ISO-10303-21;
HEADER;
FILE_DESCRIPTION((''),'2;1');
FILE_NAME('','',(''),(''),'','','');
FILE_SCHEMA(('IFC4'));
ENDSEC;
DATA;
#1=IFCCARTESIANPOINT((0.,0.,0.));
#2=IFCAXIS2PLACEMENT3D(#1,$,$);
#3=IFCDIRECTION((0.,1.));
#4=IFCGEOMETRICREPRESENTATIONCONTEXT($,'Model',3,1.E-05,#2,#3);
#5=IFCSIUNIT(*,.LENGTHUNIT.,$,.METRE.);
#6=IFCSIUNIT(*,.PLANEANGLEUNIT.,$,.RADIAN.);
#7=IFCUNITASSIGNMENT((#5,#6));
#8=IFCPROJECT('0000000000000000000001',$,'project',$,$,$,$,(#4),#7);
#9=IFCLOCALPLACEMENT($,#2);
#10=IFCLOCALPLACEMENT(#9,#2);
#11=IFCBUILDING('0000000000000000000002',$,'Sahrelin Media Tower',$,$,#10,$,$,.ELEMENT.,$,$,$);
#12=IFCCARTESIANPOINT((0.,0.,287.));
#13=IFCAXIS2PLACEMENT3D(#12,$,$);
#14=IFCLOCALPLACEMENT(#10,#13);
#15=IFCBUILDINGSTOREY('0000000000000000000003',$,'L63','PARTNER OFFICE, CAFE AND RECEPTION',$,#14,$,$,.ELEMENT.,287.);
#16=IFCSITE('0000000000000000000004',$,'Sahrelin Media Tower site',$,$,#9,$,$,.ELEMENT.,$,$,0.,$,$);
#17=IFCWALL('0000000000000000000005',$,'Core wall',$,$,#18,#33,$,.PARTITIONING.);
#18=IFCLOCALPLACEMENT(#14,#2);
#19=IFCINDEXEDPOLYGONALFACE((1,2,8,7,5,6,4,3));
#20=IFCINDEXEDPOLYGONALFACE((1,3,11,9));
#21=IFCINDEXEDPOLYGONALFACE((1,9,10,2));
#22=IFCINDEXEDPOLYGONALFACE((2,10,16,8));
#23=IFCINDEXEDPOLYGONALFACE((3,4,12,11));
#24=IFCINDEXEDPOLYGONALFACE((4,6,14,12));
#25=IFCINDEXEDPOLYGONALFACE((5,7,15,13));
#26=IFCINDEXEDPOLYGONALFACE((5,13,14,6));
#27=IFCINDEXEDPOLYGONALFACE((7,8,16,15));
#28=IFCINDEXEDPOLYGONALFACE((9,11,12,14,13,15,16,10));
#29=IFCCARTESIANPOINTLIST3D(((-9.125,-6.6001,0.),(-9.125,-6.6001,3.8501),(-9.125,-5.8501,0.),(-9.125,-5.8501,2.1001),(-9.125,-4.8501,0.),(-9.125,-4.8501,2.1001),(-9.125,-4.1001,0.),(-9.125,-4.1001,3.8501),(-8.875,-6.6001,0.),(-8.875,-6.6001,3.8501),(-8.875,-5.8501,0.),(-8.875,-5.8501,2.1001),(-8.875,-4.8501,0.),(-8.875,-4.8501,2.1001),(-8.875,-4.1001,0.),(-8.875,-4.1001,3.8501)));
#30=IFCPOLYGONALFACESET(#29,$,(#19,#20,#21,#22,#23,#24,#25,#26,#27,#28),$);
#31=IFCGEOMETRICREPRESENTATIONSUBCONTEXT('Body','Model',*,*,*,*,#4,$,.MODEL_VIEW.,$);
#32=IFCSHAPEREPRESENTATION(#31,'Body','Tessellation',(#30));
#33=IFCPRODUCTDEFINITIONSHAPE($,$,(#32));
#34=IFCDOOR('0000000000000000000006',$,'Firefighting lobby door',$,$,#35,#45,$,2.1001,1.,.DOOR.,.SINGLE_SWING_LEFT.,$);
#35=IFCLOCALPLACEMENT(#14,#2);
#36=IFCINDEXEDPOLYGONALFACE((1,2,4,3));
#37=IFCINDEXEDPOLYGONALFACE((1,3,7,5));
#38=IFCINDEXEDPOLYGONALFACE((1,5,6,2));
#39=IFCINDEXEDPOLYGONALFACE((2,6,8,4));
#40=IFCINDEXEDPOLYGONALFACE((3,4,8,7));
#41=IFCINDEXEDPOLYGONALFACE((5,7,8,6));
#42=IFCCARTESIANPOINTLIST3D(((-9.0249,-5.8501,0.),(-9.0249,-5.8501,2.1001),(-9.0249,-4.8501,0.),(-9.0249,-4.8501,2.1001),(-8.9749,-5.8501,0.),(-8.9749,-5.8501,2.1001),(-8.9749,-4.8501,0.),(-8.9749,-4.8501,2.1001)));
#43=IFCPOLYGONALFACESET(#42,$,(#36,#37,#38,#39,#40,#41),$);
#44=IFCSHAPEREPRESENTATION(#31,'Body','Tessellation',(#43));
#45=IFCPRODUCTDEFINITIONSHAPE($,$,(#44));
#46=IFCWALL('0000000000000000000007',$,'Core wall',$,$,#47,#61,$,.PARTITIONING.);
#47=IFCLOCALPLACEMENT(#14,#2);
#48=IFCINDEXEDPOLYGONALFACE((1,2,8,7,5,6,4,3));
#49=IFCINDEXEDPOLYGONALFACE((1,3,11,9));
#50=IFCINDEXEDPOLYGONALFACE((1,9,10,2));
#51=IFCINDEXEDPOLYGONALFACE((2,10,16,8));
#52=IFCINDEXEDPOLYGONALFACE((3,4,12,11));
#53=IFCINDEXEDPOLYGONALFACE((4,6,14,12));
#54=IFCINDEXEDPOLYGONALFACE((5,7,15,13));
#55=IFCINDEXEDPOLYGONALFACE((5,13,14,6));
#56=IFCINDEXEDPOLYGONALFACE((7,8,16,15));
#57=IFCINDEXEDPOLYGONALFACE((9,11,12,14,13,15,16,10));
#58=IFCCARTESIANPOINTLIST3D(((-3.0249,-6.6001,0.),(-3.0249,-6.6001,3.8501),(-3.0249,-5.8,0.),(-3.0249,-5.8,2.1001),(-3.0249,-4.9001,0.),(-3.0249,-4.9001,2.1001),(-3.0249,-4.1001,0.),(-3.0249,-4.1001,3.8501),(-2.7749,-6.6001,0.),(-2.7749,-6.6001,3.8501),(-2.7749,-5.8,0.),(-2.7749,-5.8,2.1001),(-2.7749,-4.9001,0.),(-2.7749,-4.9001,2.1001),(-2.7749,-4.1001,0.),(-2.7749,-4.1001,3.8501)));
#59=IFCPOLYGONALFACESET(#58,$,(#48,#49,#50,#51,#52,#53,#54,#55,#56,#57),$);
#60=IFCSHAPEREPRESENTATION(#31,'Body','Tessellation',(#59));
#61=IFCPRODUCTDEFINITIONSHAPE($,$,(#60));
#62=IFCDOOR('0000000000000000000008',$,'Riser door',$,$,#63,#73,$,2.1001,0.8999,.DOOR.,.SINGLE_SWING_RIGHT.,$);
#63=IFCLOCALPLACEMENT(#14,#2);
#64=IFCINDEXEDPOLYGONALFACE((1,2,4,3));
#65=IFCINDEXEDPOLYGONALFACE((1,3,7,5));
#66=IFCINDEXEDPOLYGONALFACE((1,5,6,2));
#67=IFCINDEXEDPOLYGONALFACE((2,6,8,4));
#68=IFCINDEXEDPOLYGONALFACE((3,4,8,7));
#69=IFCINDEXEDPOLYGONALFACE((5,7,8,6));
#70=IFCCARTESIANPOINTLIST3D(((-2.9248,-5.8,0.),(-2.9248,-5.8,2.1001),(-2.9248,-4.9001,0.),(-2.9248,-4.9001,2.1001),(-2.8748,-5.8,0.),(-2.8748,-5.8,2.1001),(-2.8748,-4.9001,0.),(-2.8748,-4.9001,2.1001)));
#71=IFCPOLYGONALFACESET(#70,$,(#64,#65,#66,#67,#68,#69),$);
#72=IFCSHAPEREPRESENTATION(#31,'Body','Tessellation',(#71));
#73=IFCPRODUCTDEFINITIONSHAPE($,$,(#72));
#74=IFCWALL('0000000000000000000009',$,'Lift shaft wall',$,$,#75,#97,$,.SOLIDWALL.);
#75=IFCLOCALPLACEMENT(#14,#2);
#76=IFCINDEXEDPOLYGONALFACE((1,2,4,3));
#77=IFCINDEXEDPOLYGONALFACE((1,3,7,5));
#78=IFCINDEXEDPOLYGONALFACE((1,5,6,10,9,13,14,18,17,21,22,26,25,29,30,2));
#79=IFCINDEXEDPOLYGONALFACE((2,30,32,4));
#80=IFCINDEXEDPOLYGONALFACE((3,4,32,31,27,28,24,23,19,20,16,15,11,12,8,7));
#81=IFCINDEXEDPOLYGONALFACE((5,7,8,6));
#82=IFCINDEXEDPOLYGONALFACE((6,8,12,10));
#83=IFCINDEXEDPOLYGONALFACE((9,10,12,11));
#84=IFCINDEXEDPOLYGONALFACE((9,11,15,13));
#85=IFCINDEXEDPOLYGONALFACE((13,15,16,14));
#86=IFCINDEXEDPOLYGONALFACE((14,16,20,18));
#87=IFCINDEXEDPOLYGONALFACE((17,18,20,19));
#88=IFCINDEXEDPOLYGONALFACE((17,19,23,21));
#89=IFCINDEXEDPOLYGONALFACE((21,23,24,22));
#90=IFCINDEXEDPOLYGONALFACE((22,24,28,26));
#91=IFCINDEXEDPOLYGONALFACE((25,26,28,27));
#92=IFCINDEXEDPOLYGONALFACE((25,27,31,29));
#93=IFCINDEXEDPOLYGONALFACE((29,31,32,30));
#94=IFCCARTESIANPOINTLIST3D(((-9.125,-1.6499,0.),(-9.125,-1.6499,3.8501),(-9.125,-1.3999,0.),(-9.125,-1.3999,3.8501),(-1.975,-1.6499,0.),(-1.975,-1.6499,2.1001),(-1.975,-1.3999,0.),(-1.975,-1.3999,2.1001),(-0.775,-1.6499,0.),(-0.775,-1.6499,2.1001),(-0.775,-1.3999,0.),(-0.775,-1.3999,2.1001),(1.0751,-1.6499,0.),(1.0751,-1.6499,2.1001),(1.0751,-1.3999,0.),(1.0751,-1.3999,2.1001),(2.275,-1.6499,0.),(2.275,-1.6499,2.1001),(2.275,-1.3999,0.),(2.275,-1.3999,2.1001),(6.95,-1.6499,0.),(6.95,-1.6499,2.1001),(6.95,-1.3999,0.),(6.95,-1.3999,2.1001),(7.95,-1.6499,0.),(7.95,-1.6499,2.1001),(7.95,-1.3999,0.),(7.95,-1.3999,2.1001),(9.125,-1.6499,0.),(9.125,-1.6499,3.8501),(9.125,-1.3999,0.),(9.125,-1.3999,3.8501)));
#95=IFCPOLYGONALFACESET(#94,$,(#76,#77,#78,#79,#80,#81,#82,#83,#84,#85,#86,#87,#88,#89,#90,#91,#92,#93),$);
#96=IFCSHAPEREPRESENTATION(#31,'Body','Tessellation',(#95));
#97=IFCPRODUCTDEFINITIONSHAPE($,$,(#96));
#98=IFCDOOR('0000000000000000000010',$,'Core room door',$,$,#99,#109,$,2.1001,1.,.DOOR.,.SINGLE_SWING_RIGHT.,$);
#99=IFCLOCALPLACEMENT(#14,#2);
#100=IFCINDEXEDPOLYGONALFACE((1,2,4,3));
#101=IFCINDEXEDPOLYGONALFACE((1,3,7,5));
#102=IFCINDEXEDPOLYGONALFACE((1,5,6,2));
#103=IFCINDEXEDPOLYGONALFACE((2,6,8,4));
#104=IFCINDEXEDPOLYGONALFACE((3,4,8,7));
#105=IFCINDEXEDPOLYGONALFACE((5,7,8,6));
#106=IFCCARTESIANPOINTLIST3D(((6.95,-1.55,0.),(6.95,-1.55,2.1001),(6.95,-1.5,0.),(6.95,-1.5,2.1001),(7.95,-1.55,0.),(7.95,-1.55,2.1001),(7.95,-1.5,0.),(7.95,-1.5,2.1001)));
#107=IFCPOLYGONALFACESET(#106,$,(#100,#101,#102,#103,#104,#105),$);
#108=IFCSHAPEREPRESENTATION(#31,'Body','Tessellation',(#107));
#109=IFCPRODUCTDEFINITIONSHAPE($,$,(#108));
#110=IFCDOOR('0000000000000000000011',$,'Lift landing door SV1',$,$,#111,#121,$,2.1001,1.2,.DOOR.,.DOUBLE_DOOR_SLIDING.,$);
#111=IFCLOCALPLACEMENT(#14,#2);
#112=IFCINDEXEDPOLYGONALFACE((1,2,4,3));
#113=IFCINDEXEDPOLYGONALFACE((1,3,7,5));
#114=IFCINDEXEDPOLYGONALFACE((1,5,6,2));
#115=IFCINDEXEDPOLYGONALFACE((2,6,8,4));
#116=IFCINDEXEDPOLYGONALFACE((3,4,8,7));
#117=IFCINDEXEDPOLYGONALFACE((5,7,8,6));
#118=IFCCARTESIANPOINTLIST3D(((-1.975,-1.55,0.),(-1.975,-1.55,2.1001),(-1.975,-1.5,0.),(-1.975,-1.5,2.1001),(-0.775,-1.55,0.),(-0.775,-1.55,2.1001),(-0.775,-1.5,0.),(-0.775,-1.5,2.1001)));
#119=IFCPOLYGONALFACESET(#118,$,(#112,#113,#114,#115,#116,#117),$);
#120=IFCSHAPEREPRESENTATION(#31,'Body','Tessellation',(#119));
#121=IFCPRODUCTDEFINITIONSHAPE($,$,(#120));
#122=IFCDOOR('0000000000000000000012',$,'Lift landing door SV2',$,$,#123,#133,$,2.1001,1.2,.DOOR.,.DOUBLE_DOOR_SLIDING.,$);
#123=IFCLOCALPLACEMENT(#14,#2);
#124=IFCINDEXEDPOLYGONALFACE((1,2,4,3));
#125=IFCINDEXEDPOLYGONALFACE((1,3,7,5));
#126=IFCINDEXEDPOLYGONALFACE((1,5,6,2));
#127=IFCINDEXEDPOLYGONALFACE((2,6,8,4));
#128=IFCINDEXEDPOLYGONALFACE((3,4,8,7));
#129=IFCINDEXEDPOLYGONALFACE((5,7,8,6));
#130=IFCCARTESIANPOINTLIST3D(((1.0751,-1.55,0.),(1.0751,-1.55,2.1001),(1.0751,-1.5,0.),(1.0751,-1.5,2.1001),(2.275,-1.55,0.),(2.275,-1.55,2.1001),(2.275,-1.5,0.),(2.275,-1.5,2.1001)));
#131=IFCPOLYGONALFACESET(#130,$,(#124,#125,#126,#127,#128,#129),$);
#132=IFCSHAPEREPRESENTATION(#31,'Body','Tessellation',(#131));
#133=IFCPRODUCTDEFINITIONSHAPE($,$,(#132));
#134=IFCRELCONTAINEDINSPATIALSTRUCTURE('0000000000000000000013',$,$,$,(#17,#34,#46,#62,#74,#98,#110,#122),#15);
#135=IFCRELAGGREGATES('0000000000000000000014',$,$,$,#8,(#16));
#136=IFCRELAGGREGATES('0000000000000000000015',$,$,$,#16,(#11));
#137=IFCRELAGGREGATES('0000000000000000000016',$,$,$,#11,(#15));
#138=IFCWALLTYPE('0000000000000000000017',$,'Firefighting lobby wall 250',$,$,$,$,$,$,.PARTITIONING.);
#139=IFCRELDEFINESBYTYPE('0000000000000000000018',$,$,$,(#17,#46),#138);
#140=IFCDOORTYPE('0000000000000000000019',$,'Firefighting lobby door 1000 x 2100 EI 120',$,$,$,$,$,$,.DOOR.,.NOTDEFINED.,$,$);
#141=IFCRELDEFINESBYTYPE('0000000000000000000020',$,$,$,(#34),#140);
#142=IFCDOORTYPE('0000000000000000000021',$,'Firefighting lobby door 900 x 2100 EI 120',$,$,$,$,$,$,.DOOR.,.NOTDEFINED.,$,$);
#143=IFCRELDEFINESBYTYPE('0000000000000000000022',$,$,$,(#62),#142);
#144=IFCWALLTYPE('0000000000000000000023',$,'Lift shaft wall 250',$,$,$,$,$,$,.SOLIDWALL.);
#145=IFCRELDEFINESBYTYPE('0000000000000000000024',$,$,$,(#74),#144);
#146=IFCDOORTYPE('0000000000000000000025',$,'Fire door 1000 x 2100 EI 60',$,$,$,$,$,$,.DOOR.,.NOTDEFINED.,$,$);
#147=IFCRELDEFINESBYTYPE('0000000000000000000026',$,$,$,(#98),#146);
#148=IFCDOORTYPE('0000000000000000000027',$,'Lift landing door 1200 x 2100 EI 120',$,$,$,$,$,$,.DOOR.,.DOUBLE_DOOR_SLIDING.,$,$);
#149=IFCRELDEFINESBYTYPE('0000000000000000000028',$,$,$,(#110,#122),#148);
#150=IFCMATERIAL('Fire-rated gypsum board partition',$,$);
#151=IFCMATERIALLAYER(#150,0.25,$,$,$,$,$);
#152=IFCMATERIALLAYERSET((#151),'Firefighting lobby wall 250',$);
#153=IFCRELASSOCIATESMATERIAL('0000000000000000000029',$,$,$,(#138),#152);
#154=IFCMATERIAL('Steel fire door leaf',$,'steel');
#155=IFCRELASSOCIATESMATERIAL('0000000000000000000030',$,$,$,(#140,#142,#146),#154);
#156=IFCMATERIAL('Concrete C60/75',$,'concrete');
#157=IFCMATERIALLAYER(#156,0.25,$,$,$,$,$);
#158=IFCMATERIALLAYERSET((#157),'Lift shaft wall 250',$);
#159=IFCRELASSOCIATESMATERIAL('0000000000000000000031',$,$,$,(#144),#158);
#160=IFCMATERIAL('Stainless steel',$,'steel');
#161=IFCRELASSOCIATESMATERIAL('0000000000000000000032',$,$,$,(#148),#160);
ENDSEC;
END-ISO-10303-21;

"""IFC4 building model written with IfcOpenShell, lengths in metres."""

from ifc_helpers import new_model, si_unit, direction, frame, frame_2d, origin, place, context, subcontext, project, spatial, rectangle, extrude, material, layer, layer_set, type_object, element, fill, save


model = new_model("IFC4")

# Units and contexts
model_context = context("Model", 3, precision=1e-05, world=origin(), true_north=direction((0.0, 1.0)))
body_context = subcontext(model_context, "Body", "Model", "MODEL_VIEW")
ifc_project = project(units=[si_unit("LENGTHUNIT", "METRE"), si_unit("PLANEANGLEUNIT", "RADIAN")], contexts=[model_context])

# Site, building, storey
site_placement = place(None, origin())
site = spatial("IfcSite", under=ifc_project, at=site_placement, Name="Sahrelin Media Tower site", CompositionType="ELEMENT", RefElevation=0.0)
building_placement = place(site_placement, origin())
building = spatial("IfcBuilding", under=site, at=building_placement, Name="Sahrelin Media Tower", CompositionType="ELEMENT")
storey_placement = place(building_placement, frame((0.0, 0.0, 287.0)))
storey = spatial("IfcBuildingStorey", under=building, at=storey_placement, Name="L63", Description="PARTNER OFFICE, CAFE AND RECEPTION", CompositionType="ELEMENT", Elevation=287.0)

# Shared definitions
ifc_material_1 = material(Name="Concrete C60/75", Category="concrete")

# Walls, openings, doors
ifc_material_2 = material(Name="Fire-rated gypsum board partition")
ifc_layer_1 = layer(ifc_material_2, 0.25)
ifc_layer_set_1 = layer_set([ifc_layer_1], Name="Firefighting lobby wall 250")
wall_type_1 = type_object("IfcWallType", Name="Firefighting lobby wall 250", PredefinedType="PARTITIONING", material=ifc_layer_set_1)
wall_1_placement = place(storey_placement, frame((-9.0, -6.6001, 0.0), z_axis=(0.0, 0.0, 1.0), x_axis=(0.0, 1.0, 0.0)))
wall_1 = element("IfcWall", 1, at=wall_1_placement, inside=storey, type_object=wall_type_1, Name="Core wall", PredefinedType="PARTITIONING", context=body_context, shape_type="SweptSolid", body=[
    extrude(rectangle(XDim=2.5, YDim=0.25, at=frame_2d((1.25, 0.0))), origin(), (0.0, 0.0, 1.0), 3.8501),
])
opening_1_placement = place(wall_1_placement, frame((0.75, 0.0, 0.0)))
opening_1 = element("IfcOpeningElement", 2, at=opening_1_placement, cuts=wall_1, PredefinedType="OPENING", context=body_context, shape_type="SweptSolid", body=[
    extrude(rectangle(XDim=1.0, YDim=2.1001, at=frame_2d((0.5, 1.05))), frame((0.0, 0.125, 0.0), z_axis=(0.0, -1.0, 0.0), x_axis=(1.0, 0.0, 0.0)), (0.0, 0.0, 1.0), 0.25),
])
ifc_material_3 = material(Name="Steel fire door leaf", Category="steel")
door_type_1 = type_object("IfcDoorType", Name="Firefighting lobby door 1000 x 2100 EI 120", OperationType="NOTDEFINED", PredefinedType="DOOR", material=ifc_material_3)
door_1_placement = place(opening_1_placement, origin())
door_1 = element("IfcDoor", 3, at=door_1_placement, inside=storey, type_object=door_type_1, Name="Firefighting lobby door", OperationType="SINGLE_SWING_LEFT", OverallHeight=2.1001, OverallWidth=1.0, PredefinedType="DOOR", context=body_context, shape_type="SweptSolid", body=[
    extrude(rectangle(XDim=1.0, YDim=2.1001, at=frame_2d((0.5, 1.05))), frame((0.0, 0.0249, 0.0), z_axis=(0.0, -1.0, 0.0), x_axis=(1.0, 0.0, 0.0)), (0.0, 0.0, 1.0), 0.05),
])
fill(opening_1, door_1)
wall_2_placement = place(storey_placement, frame((-2.8999, -6.6001, 0.0), z_axis=(0.0, 0.0, 1.0), x_axis=(0.0, 1.0, 0.0)))
wall_2 = element("IfcWall", 4, at=wall_2_placement, inside=storey, type_object=wall_type_1, Name="Core wall", PredefinedType="PARTITIONING", context=body_context, shape_type="SweptSolid", body=[
    extrude(rectangle(XDim=2.5, YDim=0.25, at=frame_2d((1.25, 0.0))), origin(), (0.0, 0.0, 1.0), 3.8501),
])
opening_2_placement = place(wall_2_placement, frame((0.8, 0.0, 0.0)))
opening_2 = element("IfcOpeningElement", 5, at=opening_2_placement, cuts=wall_2, PredefinedType="OPENING", context=body_context, shape_type="SweptSolid", body=[
    extrude(rectangle(XDim=0.8999, YDim=2.1001, at=frame_2d((0.45, 1.05))), frame((0.0, 0.125, 0.0), z_axis=(0.0, -1.0, 0.0), x_axis=(1.0, 0.0, 0.0)), (0.0, 0.0, 1.0), 0.25),
])
door_type_2 = type_object("IfcDoorType", Name="Firefighting lobby door 900 x 2100 EI 120", OperationType="NOTDEFINED", PredefinedType="DOOR", material=ifc_material_3)
door_2_placement = place(opening_2_placement, origin())
door_2 = element("IfcDoor", 6, at=door_2_placement, inside=storey, type_object=door_type_2, Name="Riser door", OperationType="SINGLE_SWING_RIGHT", OverallHeight=2.1001, OverallWidth=0.8999, PredefinedType="DOOR", context=body_context, shape_type="SweptSolid", body=[
    extrude(rectangle(XDim=0.8999, YDim=2.1001, at=frame_2d((0.45, 1.05))), frame((0.0, 0.0249, 0.0), z_axis=(0.0, -1.0, 0.0), x_axis=(1.0, 0.0, 0.0)), (0.0, 0.0, 1.0), 0.05),
])
fill(opening_2, door_2)

# Wall, openings, doors
ifc_layer_2 = layer(ifc_material_1, 0.25)
ifc_layer_set_2 = layer_set([ifc_layer_2], Name="Lift shaft wall 250")
wall_type_2 = type_object("IfcWallType", Name="Lift shaft wall 250", PredefinedType="SOLIDWALL", material=ifc_layer_set_2)
wall_3_placement = place(storey_placement, frame((-9.125, -1.5249, 0.0), z_axis=(0.0, 0.0, 1.0), x_axis=(1.0, 0.0, 0.0)))
wall_3 = element("IfcWall", 7, at=wall_3_placement, inside=storey, type_object=wall_type_2, Name="Lift shaft wall", PredefinedType="SOLIDWALL", context=body_context, shape_type="SweptSolid", body=[
    extrude(rectangle(XDim=18.25, YDim=0.25, at=frame_2d((9.125, 0.0))), origin(), (0.0, 0.0, 1.0), 3.8501),
])
opening_3_placement = place(wall_3_placement, frame((7.1499, 0.0, 0.0)))
opening_3 = element("IfcOpeningElement", 8, at=opening_3_placement, cuts=wall_3, PredefinedType="OPENING", context=body_context, shape_type="SweptSolid", body=[
    extrude(rectangle(XDim=1.2, YDim=2.1001, at=frame_2d((0.6001, 1.05))), frame((0.0, 0.125, 0.0), z_axis=(0.0, -1.0, 0.0), x_axis=(1.0, 0.0, 0.0)), (0.0, 0.0, 1.0), 0.25),
])
opening_4_placement = place(wall_3_placement, frame((10.2, 0.0, 0.0)))
opening_4 = element("IfcOpeningElement", 9, at=opening_4_placement, cuts=wall_3, PredefinedType="OPENING", context=body_context, shape_type="SweptSolid", body=[
    extrude(rectangle(XDim=1.2, YDim=2.1001, at=frame_2d((0.6001, 1.05))), frame((0.0, 0.125, 0.0), z_axis=(0.0, -1.0, 0.0), x_axis=(1.0, 0.0, 0.0)), (0.0, 0.0, 1.0), 0.25),
])
opening_5_placement = place(wall_3_placement, frame((16.075, 0.0, 0.0)))
opening_5 = element("IfcOpeningElement", 10, at=opening_5_placement, cuts=wall_3, PredefinedType="OPENING", context=body_context, shape_type="SweptSolid", body=[
    extrude(rectangle(XDim=1.0, YDim=2.1001, at=frame_2d((0.5, 1.05))), frame((0.0, 0.125, 0.0), z_axis=(0.0, -1.0, 0.0), x_axis=(1.0, 0.0, 0.0)), (0.0, 0.0, 1.0), 0.25),
])
door_type_3 = type_object("IfcDoorType", Name="Fire door 1000 x 2100 EI 60", OperationType="NOTDEFINED", PredefinedType="DOOR", material=ifc_material_3)
door_3_placement = place(opening_5_placement, origin())
door_3 = element("IfcDoor", 11, at=door_3_placement, inside=storey, type_object=door_type_3, Name="Core room door", OperationType="SINGLE_SWING_RIGHT", OverallHeight=2.1001, OverallWidth=1.0, PredefinedType="DOOR", context=body_context, shape_type="SweptSolid", body=[
    extrude(rectangle(XDim=1.0, YDim=2.1001, at=frame_2d((0.5, 1.05))), frame((0.0, 0.0249, 0.0), z_axis=(0.0, -1.0, 0.0), x_axis=(1.0, 0.0, 0.0)), (0.0, 0.0, 1.0), 0.05),
])
fill(opening_5, door_3)
ifc_material_4 = material(Name="Stainless steel", Category="steel")
door_type_4 = type_object("IfcDoorType", Name="Lift landing door 1200 x 2100 EI 120", OperationType="DOUBLE_DOOR_SLIDING", PredefinedType="DOOR", material=ifc_material_4)
door_4_placement = place(opening_3_placement, origin())
door_4 = element("IfcDoor", 12, at=door_4_placement, inside=storey, type_object=door_type_4, Name="Lift landing door SV1", OperationType="DOUBLE_DOOR_SLIDING", OverallHeight=2.1001, OverallWidth=1.2, PredefinedType="DOOR", context=body_context, shape_type="SweptSolid", body=[
    extrude(rectangle(XDim=1.2, YDim=2.1001, at=frame_2d((0.6001, 1.05))), frame((0.0, 0.0249, 0.0), z_axis=(0.0, -1.0, 0.0), x_axis=(1.0, 0.0, 0.0)), (0.0, 0.0, 1.0), 0.05),
])
fill(opening_3, door_4)
door_5_placement = place(opening_4_placement, origin())
door_5 = element("IfcDoor", 13, at=door_5_placement, inside=storey, type_object=door_type_4, Name="Lift landing door SV2", OperationType="DOUBLE_DOOR_SLIDING", OverallHeight=2.1001, OverallWidth=1.2, PredefinedType="DOOR", context=body_context, shape_type="SweptSolid", body=[
    extrude(rectangle(XDim=1.2, YDim=2.1001, at=frame_2d((0.6001, 1.05))), frame((0.0, 0.0249, 0.0), z_axis=(0.0, -1.0, 0.0), x_axis=(1.0, 0.0, 0.0)), (0.0, 0.0, 1.0), 0.05),
])
fill(opening_4, door_5)

save(model, "model.ifc")
